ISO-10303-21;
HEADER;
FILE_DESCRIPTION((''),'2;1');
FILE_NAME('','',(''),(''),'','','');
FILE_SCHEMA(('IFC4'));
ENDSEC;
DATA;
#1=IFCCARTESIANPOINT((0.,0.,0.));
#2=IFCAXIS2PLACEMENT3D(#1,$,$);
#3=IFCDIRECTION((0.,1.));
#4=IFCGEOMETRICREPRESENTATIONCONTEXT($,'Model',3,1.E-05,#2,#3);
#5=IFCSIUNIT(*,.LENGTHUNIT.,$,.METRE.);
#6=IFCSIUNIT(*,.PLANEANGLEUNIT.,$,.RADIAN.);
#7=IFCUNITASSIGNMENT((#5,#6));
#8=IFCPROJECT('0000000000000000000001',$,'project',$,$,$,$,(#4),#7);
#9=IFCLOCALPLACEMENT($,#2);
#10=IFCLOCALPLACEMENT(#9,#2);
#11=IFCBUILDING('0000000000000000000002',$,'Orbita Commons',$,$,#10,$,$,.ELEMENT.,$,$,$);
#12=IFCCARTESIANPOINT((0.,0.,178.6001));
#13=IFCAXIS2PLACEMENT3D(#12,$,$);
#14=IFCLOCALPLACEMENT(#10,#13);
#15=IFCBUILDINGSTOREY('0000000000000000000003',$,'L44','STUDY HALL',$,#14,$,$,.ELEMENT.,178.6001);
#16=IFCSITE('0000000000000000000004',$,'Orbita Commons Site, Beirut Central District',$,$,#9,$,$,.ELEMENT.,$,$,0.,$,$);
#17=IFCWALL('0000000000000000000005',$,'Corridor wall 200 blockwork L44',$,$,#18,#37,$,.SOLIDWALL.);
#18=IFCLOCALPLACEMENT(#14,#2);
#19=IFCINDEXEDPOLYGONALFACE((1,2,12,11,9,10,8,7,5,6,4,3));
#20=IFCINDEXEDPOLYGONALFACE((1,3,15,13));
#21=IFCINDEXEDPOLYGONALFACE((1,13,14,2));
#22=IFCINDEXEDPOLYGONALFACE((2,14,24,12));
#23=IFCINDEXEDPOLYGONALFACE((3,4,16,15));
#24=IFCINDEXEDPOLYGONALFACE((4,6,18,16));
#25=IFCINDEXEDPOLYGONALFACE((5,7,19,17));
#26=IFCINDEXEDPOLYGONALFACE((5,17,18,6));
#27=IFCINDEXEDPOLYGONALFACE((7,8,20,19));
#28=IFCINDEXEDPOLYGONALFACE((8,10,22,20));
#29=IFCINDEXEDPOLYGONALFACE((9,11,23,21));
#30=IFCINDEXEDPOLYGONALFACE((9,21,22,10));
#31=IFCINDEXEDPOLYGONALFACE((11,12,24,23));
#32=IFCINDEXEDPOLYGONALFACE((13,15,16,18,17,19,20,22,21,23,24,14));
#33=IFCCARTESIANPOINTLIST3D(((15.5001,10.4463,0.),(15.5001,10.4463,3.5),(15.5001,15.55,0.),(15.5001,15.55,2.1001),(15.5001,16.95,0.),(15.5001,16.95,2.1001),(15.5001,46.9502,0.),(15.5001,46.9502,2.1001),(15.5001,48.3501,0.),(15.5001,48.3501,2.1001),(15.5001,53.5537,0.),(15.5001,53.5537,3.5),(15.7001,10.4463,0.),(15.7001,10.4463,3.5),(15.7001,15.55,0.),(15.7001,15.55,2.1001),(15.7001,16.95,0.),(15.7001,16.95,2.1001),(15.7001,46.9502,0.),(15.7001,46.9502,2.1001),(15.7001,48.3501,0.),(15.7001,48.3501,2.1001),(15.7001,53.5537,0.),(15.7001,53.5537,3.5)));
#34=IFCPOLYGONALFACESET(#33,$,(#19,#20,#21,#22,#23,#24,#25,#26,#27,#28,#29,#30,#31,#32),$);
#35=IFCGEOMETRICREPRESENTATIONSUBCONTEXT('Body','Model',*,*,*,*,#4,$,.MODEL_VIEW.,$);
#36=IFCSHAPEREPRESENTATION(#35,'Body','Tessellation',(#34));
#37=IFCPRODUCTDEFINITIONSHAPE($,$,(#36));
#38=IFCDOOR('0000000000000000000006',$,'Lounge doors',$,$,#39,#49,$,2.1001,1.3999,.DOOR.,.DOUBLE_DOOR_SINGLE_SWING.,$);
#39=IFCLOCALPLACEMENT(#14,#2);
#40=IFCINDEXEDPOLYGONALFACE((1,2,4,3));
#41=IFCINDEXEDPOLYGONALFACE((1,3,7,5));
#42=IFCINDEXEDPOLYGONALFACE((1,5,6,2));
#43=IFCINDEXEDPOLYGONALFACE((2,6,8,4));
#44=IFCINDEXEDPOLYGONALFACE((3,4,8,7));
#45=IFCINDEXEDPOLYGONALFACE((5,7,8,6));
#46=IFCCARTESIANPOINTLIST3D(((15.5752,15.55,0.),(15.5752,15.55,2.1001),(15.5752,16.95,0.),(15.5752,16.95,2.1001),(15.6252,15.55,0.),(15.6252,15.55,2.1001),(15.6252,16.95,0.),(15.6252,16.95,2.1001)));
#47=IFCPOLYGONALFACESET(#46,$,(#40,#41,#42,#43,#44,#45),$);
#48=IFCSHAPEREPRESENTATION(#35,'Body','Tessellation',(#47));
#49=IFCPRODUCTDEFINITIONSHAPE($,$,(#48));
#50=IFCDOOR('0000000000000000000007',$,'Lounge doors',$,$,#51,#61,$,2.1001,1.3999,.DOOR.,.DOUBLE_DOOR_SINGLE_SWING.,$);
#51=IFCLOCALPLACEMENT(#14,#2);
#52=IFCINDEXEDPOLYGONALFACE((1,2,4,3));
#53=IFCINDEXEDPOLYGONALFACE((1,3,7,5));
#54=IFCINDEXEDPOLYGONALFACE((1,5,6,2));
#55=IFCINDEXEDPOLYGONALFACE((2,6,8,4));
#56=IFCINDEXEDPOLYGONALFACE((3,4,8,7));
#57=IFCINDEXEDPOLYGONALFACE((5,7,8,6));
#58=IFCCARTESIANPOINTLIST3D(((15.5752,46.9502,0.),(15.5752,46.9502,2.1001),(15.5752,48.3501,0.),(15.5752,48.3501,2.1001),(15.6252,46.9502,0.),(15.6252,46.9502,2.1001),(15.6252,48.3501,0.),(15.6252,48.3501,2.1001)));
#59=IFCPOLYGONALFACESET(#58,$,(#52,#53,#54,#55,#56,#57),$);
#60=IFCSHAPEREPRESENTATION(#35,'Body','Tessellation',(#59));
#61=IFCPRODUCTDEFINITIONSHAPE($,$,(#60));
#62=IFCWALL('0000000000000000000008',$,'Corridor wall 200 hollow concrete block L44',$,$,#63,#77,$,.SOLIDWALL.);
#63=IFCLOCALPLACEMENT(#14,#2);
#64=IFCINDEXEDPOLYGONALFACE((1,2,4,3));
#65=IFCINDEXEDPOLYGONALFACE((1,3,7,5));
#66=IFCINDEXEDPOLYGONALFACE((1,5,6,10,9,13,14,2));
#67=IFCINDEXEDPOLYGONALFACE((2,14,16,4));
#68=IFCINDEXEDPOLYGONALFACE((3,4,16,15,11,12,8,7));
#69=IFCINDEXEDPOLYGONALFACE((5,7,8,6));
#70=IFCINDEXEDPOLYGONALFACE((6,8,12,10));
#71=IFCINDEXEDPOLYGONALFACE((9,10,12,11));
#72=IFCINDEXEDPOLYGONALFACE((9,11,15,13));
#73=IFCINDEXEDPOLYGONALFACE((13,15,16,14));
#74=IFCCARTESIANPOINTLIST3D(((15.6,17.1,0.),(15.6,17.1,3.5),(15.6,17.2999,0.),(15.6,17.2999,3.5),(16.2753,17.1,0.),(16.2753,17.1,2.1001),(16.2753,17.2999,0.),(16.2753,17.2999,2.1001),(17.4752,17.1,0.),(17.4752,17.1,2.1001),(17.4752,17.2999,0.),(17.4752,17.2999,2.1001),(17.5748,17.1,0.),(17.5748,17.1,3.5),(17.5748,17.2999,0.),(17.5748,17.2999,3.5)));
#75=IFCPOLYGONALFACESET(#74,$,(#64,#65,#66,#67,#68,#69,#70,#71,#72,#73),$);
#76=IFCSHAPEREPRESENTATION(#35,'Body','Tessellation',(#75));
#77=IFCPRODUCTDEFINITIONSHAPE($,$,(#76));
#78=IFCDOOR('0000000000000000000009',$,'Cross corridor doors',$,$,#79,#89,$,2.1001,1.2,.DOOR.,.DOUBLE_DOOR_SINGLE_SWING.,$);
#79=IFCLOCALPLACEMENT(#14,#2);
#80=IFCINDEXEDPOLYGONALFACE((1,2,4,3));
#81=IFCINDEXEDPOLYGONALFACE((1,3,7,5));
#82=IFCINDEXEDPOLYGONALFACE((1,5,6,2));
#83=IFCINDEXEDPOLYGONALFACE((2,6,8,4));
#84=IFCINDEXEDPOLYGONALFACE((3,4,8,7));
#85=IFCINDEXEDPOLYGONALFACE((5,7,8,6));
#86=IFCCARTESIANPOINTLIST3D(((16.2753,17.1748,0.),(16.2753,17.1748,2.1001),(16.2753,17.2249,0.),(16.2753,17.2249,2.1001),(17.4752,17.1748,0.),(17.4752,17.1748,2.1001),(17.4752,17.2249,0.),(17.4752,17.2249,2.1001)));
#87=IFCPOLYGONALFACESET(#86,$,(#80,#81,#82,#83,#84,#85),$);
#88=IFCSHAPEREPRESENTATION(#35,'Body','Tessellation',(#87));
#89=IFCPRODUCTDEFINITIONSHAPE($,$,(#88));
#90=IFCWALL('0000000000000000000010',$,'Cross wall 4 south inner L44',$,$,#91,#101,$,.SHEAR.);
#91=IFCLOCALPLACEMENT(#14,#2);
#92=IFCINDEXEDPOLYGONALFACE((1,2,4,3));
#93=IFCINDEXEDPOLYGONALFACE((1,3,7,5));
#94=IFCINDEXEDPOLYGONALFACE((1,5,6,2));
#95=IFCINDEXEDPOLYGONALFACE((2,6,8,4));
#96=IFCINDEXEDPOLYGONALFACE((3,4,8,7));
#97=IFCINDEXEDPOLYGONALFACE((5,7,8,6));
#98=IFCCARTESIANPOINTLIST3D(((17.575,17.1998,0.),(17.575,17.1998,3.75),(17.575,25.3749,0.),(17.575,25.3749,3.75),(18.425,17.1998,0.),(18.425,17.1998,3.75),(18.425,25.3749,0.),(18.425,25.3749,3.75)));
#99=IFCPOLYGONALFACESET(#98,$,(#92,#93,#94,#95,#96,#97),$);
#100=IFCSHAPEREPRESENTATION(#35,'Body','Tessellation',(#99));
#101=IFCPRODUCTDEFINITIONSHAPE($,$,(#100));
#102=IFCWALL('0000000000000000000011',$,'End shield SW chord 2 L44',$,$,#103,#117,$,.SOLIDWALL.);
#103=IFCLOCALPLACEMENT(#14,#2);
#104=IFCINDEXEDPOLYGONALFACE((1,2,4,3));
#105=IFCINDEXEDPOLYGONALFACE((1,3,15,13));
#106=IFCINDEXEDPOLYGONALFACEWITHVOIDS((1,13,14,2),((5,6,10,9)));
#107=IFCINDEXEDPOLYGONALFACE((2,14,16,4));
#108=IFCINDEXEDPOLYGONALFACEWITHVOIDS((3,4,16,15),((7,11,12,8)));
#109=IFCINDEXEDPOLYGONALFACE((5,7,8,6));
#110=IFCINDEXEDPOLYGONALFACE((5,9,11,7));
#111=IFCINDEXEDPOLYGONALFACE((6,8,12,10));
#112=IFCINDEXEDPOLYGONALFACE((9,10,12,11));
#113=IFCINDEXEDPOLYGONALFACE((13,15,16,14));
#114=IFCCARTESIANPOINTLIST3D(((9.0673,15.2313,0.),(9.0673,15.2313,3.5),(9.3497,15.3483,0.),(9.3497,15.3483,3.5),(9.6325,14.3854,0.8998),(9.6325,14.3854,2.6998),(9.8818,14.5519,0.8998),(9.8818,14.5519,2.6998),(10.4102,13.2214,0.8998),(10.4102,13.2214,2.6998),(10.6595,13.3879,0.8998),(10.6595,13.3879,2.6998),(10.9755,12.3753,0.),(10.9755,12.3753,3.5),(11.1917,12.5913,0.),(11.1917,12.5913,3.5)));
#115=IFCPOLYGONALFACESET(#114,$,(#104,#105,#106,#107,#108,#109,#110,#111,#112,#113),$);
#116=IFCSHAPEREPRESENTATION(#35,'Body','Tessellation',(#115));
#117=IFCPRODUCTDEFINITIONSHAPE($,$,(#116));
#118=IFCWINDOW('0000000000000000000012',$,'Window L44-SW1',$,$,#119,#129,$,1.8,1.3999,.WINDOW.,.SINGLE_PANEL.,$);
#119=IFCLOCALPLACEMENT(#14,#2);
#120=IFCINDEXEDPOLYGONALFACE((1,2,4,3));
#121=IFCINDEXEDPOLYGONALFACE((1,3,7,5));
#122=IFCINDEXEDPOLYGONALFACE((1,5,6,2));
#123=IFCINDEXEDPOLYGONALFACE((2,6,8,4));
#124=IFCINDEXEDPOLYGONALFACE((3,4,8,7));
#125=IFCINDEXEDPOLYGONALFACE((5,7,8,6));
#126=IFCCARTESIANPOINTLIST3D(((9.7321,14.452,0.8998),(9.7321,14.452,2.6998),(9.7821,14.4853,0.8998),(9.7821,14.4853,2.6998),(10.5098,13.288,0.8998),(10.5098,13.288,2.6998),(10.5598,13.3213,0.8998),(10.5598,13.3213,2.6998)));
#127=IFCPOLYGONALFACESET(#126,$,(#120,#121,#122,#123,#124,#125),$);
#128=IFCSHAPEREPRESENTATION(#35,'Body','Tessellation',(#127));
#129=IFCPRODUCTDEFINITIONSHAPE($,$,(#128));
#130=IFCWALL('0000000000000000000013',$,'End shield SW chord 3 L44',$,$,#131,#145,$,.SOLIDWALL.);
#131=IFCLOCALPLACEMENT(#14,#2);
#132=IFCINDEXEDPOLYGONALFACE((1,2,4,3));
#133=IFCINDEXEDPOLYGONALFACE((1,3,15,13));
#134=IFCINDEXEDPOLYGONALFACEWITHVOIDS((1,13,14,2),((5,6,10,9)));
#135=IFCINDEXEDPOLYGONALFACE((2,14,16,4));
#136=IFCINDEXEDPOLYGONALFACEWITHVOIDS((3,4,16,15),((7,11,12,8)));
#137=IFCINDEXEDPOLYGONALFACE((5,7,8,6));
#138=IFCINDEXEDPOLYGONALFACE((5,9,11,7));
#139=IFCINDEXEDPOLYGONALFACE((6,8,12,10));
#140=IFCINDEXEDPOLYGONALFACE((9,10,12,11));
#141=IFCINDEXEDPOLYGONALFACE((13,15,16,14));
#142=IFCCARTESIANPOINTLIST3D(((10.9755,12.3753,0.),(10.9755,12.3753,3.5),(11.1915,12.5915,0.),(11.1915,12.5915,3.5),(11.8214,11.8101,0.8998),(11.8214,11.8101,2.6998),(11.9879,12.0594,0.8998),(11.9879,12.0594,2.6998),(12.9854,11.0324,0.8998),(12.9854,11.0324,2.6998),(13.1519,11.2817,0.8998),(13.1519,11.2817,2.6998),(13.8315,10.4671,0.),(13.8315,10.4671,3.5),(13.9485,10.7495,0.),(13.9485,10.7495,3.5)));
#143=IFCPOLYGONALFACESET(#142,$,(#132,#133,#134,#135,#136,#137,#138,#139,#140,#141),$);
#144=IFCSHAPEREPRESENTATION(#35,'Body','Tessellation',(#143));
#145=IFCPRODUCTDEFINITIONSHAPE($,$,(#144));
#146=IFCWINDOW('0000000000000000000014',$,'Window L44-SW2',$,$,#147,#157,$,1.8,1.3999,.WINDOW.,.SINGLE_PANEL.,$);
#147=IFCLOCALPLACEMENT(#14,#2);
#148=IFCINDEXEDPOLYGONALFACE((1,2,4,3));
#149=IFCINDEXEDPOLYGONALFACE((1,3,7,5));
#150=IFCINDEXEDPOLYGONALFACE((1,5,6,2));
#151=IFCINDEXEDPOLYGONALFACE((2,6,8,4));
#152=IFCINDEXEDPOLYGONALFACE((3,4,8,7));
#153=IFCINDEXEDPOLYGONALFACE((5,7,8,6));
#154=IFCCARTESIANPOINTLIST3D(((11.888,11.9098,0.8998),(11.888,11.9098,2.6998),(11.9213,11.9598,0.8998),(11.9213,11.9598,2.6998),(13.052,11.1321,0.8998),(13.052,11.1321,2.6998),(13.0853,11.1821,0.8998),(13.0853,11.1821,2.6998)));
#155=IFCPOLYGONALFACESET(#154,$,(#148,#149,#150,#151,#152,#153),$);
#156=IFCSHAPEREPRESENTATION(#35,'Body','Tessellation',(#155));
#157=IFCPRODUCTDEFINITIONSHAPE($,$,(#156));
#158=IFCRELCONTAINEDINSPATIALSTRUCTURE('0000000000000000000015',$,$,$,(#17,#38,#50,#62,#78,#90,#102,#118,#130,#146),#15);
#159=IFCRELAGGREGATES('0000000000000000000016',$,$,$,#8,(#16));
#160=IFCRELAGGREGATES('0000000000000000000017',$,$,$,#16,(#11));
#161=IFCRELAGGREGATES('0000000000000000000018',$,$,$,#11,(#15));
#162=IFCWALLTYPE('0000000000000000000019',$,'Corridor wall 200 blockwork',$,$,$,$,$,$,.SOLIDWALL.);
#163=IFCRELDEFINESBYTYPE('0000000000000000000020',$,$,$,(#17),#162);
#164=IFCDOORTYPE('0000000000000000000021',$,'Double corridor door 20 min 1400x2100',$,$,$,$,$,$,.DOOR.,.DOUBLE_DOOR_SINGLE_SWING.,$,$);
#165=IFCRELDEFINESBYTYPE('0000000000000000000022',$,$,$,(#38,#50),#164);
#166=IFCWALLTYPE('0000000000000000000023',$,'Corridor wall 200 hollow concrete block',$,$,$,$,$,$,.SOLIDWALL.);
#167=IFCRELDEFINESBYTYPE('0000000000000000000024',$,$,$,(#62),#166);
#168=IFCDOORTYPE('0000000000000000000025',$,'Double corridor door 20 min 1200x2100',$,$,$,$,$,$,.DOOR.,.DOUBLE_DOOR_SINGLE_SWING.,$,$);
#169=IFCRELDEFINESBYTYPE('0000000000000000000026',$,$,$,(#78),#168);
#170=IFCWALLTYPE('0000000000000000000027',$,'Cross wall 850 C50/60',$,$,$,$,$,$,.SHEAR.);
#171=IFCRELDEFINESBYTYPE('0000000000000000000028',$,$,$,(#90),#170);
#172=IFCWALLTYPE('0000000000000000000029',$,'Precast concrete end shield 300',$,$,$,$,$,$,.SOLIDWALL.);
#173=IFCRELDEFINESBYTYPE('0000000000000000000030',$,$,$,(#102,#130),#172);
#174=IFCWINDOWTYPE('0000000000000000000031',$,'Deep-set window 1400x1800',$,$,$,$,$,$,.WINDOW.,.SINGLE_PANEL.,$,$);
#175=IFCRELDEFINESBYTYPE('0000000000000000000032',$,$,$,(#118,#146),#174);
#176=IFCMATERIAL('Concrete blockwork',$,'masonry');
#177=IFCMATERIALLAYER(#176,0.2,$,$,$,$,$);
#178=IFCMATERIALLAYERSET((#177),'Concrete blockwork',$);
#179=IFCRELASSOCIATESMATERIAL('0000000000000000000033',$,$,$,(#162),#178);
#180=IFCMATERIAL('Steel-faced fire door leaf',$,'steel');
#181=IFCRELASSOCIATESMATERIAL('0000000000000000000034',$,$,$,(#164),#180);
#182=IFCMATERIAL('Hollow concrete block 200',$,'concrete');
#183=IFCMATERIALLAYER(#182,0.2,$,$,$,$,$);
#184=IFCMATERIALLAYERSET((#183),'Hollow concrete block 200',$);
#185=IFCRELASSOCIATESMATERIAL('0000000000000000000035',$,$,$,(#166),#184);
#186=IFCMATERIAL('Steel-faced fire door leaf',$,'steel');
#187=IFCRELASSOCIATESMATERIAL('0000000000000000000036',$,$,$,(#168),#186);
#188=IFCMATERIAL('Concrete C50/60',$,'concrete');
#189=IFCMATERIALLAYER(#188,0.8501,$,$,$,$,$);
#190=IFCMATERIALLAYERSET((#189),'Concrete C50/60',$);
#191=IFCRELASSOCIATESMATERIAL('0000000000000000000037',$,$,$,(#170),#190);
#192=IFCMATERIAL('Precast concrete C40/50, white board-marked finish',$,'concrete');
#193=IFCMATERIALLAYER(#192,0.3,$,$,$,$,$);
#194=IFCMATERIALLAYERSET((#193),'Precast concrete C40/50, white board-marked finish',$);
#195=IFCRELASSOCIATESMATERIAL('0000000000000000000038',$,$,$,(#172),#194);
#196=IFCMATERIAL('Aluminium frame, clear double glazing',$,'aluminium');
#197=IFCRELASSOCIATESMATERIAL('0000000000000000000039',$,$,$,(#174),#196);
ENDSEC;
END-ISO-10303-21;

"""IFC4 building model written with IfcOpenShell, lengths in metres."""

from ifc_helpers import new_model, si_unit, direction, frame, frame_2d, origin, place, context, subcontext, project, spatial, polyline, rectangle, outline, extrude, material, layer, layer_set, type_object, element, fill, save


model = new_model("IFC4")

# Units and contexts
model_context = context("Model", 3, precision=1e-05, world=origin(), true_north=direction((0.0, 1.0)))
body_context = subcontext(model_context, "Body", "Model", "MODEL_VIEW")
ifc_project = project(units=[si_unit("LENGTHUNIT", "METRE"), si_unit("PLANEANGLEUNIT", "RADIAN")], contexts=[model_context])

# Site, building, storey
site_placement = place(None, origin())
site = spatial("IfcSite", under=ifc_project, at=site_placement, Name="Orbita Commons Site, Beirut Central District", CompositionType="ELEMENT", RefElevation=0.0)
building_placement = place(site_placement, origin())
building = spatial("IfcBuilding", under=site, at=building_placement, Name="Orbita Commons", CompositionType="ELEMENT")
storey_placement = place(building_placement, frame((0.0, 0.0, 178.6001)))
storey = spatial("IfcBuildingStorey", under=building, at=storey_placement, Name="L44", Description="STUDY HALL", CompositionType="ELEMENT", Elevation=178.6001)

# Shared definitions
ifc_material_1 = material(Name="Concrete blockwork", Category="masonry")
ifc_layer_1 = layer(ifc_material_1, 0.2)
ifc_layer_set_1 = layer_set([ifc_layer_1], Name="Concrete blockwork")
wall_type_1 = type_object("IfcWallType", Name="Corridor wall 200 blockwork", PredefinedType="SOLIDWALL", material=ifc_layer_set_1)

# Wall, openings, doors
wall_1_placement = place(storey_placement, frame((15.6001, 10.4463, 0.0), z_axis=(0.0, 0.0, 1.0), x_axis=(0.0, 1.0, 0.0)))
wall_1 = element("IfcWall", 1, at=wall_1_placement, inside=storey, type_object=wall_type_1, Name="Corridor wall 200 blockwork L44", PredefinedType="SOLIDWALL", context=body_context, shape_type="SweptSolid", body=[
    extrude(rectangle(XDim=43.1074, YDim=0.2, at=frame_2d((21.5537, 0.0))), origin(), (0.0, 0.0, 1.0), 3.5),
])
opening_1_placement = place(wall_1_placement, frame((5.1038, 0.0, 0.0)))
opening_1 = element("IfcOpeningElement", 2, at=opening_1_placement, cuts=wall_1, PredefinedType="OPENING", context=body_context, shape_type="SweptSolid", body=[
    extrude(rectangle(XDim=1.3999, YDim=2.1001, at=frame_2d((0.7, 1.05))), frame((0.0, 0.1099, 0.0), z_axis=(0.0, -1.0, 0.0), x_axis=(1.0, 0.0, 0.0)), (0.0, 0.0, 1.0), 0.22),
])
opening_2_placement = place(wall_1_placement, frame((36.5039, 0.0, 0.0)))
opening_2 = element("IfcOpeningElement", 3, at=opening_2_placement, cuts=wall_1, PredefinedType="OPENING", context=body_context, shape_type="SweptSolid", body=[
    extrude(rectangle(XDim=1.3999, YDim=2.1001, at=frame_2d((0.7, 1.05))), frame((0.0, 0.1099, 0.0), z_axis=(0.0, -1.0, 0.0), x_axis=(1.0, 0.0, 0.0)), (0.0, 0.0, 1.0), 0.22),
])
ifc_material_2 = material(Name="Steel-faced fire door leaf", Category="steel")
door_type_1 = type_object("IfcDoorType", Name="Double corridor door 20 min 1400x2100", OperationType="DOUBLE_DOOR_SINGLE_SWING", PredefinedType="DOOR", material=ifc_material_2)
door_1_placement = place(opening_1_placement, origin())
door_1 = element("IfcDoor", 4, at=door_1_placement, inside=storey, type_object=door_type_1, Name="Lounge doors", OperationType="DOUBLE_DOOR_SINGLE_SWING", OverallHeight=2.1001, OverallWidth=1.3999, PredefinedType="DOOR", context=body_context, shape_type="SweptSolid", body=[
    extrude(rectangle(XDim=1.3999, YDim=2.1001, at=frame_2d((0.7, 1.05))), frame((0.0, 0.0249, 0.0), z_axis=(0.0, -1.0, 0.0), x_axis=(1.0, 0.0, 0.0)), (0.0, 0.0, 1.0), 0.05),
])
fill(opening_1, door_1)
door_2_placement = place(opening_2_placement, origin())
door_2 = element("IfcDoor", 5, at=door_2_placement, inside=storey, type_object=door_type_1, Name="Lounge doors", OperationType="DOUBLE_DOOR_SINGLE_SWING", OverallHeight=2.1001, OverallWidth=1.3999, PredefinedType="DOOR", context=body_context, shape_type="SweptSolid", body=[
    extrude(rectangle(XDim=1.3999, YDim=2.1001, at=frame_2d((0.7, 1.05))), frame((0.0, 0.0249, 0.0), z_axis=(0.0, -1.0, 0.0), x_axis=(1.0, 0.0, 0.0)), (0.0, 0.0, 1.0), 0.05),
])
fill(opening_2, door_2)

# Wall, opening, door
ifc_material_3 = material(Name="Hollow concrete block 200", Category="concrete")
ifc_layer_2 = layer(ifc_material_3, 0.2)
ifc_layer_set_2 = layer_set([ifc_layer_2], Name="Hollow concrete block 200")
wall_type_2 = type_object("IfcWallType", Name="Corridor wall 200 hollow concrete block", PredefinedType="SOLIDWALL", material=ifc_layer_set_2)
wall_2_placement = place(storey_placement, frame((15.6001, 17.2, 0.0), z_axis=(0.0, 0.0, 1.0), x_axis=(1.0, 0.0, 0.0)))
wall_2 = element("IfcWall", 6, at=wall_2_placement, inside=storey, type_object=wall_type_2, Name="Corridor wall 200 hollow concrete block L44", PredefinedType="SOLIDWALL", context=body_context, shape_type="SweptSolid", body=[
    extrude(rectangle(XDim=1.9749, YDim=0.2, at=frame_2d((0.9873, 0.0))), origin(), (0.0, 0.0, 1.0), 3.5),
])
opening_3_placement = place(wall_2_placement, frame((0.675, 0.0, 0.0)))
opening_3 = element("IfcOpeningElement", 7, at=opening_3_placement, cuts=wall_2, PredefinedType="OPENING", context=body_context, shape_type="SweptSolid", body=[
    extrude(rectangle(XDim=1.2, YDim=2.1001, at=frame_2d((0.6001, 1.05))), frame((0.0, 0.1099, 0.0), z_axis=(0.0, -1.0, 0.0), x_axis=(1.0, 0.0, 0.0)), (0.0, 0.0, 1.0), 0.22),
])
ifc_material_4 = material(Name="Steel-faced fire door leaf", Category="steel")
door_type_2 = type_object("IfcDoorType", Name="Double corridor door 20 min 1200x2100", OperationType="DOUBLE_DOOR_SINGLE_SWING", PredefinedType="DOOR", material=ifc_material_4)
door_3_placement = place(opening_3_placement, origin())
door_3 = element("IfcDoor", 8, at=door_3_placement, inside=storey, type_object=door_type_2, Name="Cross corridor doors", OperationType="DOUBLE_DOOR_SINGLE_SWING", OverallHeight=2.1001, OverallWidth=1.2, PredefinedType="DOOR", context=body_context, shape_type="SweptSolid", body=[
    extrude(rectangle(XDim=1.2, YDim=2.1001, at=frame_2d((0.6001, 1.05))), frame((0.0, 0.0249, 0.0), z_axis=(0.0, -1.0, 0.0), x_axis=(1.0, 0.0, 0.0)), (0.0, 0.0, 1.0), 0.05),
])
fill(opening_3, door_3)

# Wall
ifc_material_5 = material(Name="Concrete C50/60", Category="concrete")
ifc_layer_3 = layer(ifc_material_5, 0.8501)
ifc_layer_set_3 = layer_set([ifc_layer_3], Name="Concrete C50/60")
wall_type_3 = type_object("IfcWallType", Name="Cross wall 850 C50/60", PredefinedType="SHEAR", material=ifc_layer_set_3)
wall_3_placement = place(storey_placement, frame((18.0, 17.2, 0.0), z_axis=(0.0, 0.0, 1.0), x_axis=(0.0, 1.0, 0.0)))
element("IfcWall", 9, at=wall_3_placement, inside=storey, type_object=wall_type_3, Name="Cross wall 4 south inner L44", PredefinedType="SHEAR", context=body_context, shape_type="SweptSolid", body=[
    extrude(rectangle(XDim=8.175, YDim=0.8501, at=frame_2d((4.0874, 0.0))), origin(), (0.0, 0.0, 1.0), 3.75),
])

# Walls, openings, windows
ifc_material_6 = material(Name="Precast concrete C40/50, white board-marked finish", Category="concrete")
ifc_layer_4 = layer(ifc_material_6, 0.3)
ifc_layer_set_4 = layer_set([ifc_layer_4], Name="Precast concrete C40/50, white board-marked finish")
wall_type_4 = type_object("IfcWallType", Name="Precast concrete end shield 300", PredefinedType="SOLIDWALL", material=ifc_layer_set_4)
wall_4_placement = place(storey_placement, frame((9.2085, 15.2898, 0.0), z_axis=(0.0, 0.0, 1.0), x_axis=(0.555535, -0.831493, 0.0)))
wall_4 = element("IfcWall", 10, at=wall_4_placement, inside=storey, type_object=wall_type_4, Name="End shield SW chord 2 L44", PredefinedType="SOLIDWALL", context=body_context, shape_type="SweptSolid", body=[
    extrude(outline(polyline([(-0.0298, -0.1499), (3.405, -0.1499), (3.3455, 0.1499), (0.0298, 0.1499), (-0.0298, -0.1499)])), origin(), (0.0, 0.0, 1.0), 3.5),
])
opening_4_placement = place(wall_4_placement, frame((0.9875, 0.0, 0.8999)))
opening_4 = element("IfcOpeningElement", 11, at=opening_4_placement, cuts=wall_4, PredefinedType="OPENING", context=body_context, shape_type="SweptSolid", body=[
    extrude(rectangle(XDim=1.3999, YDim=1.8, at=frame_2d((0.7, 0.8999))), frame((0.0, 0.1599, 0.0), z_axis=(0.0, -1.0, 0.0), x_axis=(1.0, 0.0, 0.0)), (0.0, 0.0, 1.0), 0.3201),
])
ifc_material_7 = material(Name="Aluminium frame, clear double glazing", Category="aluminium")
window_type = type_object("IfcWindowType", Name="Deep-set window 1400x1800", PartitioningType="SINGLE_PANEL", PredefinedType="WINDOW", material=ifc_material_7)
window_1_placement = place(opening_4_placement, origin())
window_1 = element("IfcWindow", 12, at=window_1_placement, inside=storey, type_object=window_type, Name="Window L44-SW1", OverallHeight=1.8, OverallWidth=1.3999, PartitioningType="SINGLE_PANEL", PredefinedType="WINDOW", context=body_context, shape_type="SweptSolid", body=[
    extrude(rectangle(XDim=1.3999, YDim=1.8, at=frame_2d((0.7, 0.8999))), frame((0.0, 0.03, 0.0), z_axis=(0.0, -1.0, 0.0), x_axis=(1.0, 0.0, 0.0)), (0.0, 0.0, 1.0), 0.0601),
])
fill(opening_4, window_1)
wall_5_placement = place(storey_placement, frame((11.0835, 12.4834, 0.0), z_axis=(0.0, 0.0, 1.0), x_axis=(0.831493, -0.555535, 0.0)))
wall_5 = element("IfcWall", 13, at=wall_5_placement, inside=storey, type_object=wall_type_4, Name="End shield SW chord 3 L44", PredefinedType="SOLIDWALL", context=body_context, shape_type="SweptSolid", body=[
    extrude(outline(polyline([(-0.0298, -0.1499), (3.405, -0.1499), (3.3455, 0.1499), (0.0298, 0.1499), (-0.0298, -0.1499)])), origin(), (0.0, 0.0, 1.0), 3.5),
])
opening_5_placement = place(wall_5_placement, frame((0.9875, 0.0, 0.8999)))
opening_5 = element("IfcOpeningElement", 14, at=opening_5_placement, cuts=wall_5, PredefinedType="OPENING", context=body_context, shape_type="SweptSolid", body=[
    extrude(rectangle(XDim=1.3999, YDim=1.8, at=frame_2d((0.7, 0.8999))), frame((0.0, 0.1599, 0.0), z_axis=(0.0, -1.0, 0.0), x_axis=(1.0, 0.0, 0.0)), (0.0, 0.0, 1.0), 0.3201),
])
window_2_placement = place(opening_5_placement, origin())
window_2 = element("IfcWindow", 15, at=window_2_placement, inside=storey, type_object=window_type, Name="Window L44-SW2", OverallHeight=1.8, OverallWidth=1.3999, PartitioningType="SINGLE_PANEL", PredefinedType="WINDOW", context=body_context, shape_type="SweptSolid", body=[
    extrude(rectangle(XDim=1.3999, YDim=1.8, at=frame_2d((0.7, 0.8999))), frame((0.0, 0.03, 0.0), z_axis=(0.0, -1.0, 0.0), x_axis=(1.0, 0.0, 0.0)), (0.0, 0.0, 1.0), 0.0601),
])
fill(opening_5, window_2)

save(model, "model.ifc")
